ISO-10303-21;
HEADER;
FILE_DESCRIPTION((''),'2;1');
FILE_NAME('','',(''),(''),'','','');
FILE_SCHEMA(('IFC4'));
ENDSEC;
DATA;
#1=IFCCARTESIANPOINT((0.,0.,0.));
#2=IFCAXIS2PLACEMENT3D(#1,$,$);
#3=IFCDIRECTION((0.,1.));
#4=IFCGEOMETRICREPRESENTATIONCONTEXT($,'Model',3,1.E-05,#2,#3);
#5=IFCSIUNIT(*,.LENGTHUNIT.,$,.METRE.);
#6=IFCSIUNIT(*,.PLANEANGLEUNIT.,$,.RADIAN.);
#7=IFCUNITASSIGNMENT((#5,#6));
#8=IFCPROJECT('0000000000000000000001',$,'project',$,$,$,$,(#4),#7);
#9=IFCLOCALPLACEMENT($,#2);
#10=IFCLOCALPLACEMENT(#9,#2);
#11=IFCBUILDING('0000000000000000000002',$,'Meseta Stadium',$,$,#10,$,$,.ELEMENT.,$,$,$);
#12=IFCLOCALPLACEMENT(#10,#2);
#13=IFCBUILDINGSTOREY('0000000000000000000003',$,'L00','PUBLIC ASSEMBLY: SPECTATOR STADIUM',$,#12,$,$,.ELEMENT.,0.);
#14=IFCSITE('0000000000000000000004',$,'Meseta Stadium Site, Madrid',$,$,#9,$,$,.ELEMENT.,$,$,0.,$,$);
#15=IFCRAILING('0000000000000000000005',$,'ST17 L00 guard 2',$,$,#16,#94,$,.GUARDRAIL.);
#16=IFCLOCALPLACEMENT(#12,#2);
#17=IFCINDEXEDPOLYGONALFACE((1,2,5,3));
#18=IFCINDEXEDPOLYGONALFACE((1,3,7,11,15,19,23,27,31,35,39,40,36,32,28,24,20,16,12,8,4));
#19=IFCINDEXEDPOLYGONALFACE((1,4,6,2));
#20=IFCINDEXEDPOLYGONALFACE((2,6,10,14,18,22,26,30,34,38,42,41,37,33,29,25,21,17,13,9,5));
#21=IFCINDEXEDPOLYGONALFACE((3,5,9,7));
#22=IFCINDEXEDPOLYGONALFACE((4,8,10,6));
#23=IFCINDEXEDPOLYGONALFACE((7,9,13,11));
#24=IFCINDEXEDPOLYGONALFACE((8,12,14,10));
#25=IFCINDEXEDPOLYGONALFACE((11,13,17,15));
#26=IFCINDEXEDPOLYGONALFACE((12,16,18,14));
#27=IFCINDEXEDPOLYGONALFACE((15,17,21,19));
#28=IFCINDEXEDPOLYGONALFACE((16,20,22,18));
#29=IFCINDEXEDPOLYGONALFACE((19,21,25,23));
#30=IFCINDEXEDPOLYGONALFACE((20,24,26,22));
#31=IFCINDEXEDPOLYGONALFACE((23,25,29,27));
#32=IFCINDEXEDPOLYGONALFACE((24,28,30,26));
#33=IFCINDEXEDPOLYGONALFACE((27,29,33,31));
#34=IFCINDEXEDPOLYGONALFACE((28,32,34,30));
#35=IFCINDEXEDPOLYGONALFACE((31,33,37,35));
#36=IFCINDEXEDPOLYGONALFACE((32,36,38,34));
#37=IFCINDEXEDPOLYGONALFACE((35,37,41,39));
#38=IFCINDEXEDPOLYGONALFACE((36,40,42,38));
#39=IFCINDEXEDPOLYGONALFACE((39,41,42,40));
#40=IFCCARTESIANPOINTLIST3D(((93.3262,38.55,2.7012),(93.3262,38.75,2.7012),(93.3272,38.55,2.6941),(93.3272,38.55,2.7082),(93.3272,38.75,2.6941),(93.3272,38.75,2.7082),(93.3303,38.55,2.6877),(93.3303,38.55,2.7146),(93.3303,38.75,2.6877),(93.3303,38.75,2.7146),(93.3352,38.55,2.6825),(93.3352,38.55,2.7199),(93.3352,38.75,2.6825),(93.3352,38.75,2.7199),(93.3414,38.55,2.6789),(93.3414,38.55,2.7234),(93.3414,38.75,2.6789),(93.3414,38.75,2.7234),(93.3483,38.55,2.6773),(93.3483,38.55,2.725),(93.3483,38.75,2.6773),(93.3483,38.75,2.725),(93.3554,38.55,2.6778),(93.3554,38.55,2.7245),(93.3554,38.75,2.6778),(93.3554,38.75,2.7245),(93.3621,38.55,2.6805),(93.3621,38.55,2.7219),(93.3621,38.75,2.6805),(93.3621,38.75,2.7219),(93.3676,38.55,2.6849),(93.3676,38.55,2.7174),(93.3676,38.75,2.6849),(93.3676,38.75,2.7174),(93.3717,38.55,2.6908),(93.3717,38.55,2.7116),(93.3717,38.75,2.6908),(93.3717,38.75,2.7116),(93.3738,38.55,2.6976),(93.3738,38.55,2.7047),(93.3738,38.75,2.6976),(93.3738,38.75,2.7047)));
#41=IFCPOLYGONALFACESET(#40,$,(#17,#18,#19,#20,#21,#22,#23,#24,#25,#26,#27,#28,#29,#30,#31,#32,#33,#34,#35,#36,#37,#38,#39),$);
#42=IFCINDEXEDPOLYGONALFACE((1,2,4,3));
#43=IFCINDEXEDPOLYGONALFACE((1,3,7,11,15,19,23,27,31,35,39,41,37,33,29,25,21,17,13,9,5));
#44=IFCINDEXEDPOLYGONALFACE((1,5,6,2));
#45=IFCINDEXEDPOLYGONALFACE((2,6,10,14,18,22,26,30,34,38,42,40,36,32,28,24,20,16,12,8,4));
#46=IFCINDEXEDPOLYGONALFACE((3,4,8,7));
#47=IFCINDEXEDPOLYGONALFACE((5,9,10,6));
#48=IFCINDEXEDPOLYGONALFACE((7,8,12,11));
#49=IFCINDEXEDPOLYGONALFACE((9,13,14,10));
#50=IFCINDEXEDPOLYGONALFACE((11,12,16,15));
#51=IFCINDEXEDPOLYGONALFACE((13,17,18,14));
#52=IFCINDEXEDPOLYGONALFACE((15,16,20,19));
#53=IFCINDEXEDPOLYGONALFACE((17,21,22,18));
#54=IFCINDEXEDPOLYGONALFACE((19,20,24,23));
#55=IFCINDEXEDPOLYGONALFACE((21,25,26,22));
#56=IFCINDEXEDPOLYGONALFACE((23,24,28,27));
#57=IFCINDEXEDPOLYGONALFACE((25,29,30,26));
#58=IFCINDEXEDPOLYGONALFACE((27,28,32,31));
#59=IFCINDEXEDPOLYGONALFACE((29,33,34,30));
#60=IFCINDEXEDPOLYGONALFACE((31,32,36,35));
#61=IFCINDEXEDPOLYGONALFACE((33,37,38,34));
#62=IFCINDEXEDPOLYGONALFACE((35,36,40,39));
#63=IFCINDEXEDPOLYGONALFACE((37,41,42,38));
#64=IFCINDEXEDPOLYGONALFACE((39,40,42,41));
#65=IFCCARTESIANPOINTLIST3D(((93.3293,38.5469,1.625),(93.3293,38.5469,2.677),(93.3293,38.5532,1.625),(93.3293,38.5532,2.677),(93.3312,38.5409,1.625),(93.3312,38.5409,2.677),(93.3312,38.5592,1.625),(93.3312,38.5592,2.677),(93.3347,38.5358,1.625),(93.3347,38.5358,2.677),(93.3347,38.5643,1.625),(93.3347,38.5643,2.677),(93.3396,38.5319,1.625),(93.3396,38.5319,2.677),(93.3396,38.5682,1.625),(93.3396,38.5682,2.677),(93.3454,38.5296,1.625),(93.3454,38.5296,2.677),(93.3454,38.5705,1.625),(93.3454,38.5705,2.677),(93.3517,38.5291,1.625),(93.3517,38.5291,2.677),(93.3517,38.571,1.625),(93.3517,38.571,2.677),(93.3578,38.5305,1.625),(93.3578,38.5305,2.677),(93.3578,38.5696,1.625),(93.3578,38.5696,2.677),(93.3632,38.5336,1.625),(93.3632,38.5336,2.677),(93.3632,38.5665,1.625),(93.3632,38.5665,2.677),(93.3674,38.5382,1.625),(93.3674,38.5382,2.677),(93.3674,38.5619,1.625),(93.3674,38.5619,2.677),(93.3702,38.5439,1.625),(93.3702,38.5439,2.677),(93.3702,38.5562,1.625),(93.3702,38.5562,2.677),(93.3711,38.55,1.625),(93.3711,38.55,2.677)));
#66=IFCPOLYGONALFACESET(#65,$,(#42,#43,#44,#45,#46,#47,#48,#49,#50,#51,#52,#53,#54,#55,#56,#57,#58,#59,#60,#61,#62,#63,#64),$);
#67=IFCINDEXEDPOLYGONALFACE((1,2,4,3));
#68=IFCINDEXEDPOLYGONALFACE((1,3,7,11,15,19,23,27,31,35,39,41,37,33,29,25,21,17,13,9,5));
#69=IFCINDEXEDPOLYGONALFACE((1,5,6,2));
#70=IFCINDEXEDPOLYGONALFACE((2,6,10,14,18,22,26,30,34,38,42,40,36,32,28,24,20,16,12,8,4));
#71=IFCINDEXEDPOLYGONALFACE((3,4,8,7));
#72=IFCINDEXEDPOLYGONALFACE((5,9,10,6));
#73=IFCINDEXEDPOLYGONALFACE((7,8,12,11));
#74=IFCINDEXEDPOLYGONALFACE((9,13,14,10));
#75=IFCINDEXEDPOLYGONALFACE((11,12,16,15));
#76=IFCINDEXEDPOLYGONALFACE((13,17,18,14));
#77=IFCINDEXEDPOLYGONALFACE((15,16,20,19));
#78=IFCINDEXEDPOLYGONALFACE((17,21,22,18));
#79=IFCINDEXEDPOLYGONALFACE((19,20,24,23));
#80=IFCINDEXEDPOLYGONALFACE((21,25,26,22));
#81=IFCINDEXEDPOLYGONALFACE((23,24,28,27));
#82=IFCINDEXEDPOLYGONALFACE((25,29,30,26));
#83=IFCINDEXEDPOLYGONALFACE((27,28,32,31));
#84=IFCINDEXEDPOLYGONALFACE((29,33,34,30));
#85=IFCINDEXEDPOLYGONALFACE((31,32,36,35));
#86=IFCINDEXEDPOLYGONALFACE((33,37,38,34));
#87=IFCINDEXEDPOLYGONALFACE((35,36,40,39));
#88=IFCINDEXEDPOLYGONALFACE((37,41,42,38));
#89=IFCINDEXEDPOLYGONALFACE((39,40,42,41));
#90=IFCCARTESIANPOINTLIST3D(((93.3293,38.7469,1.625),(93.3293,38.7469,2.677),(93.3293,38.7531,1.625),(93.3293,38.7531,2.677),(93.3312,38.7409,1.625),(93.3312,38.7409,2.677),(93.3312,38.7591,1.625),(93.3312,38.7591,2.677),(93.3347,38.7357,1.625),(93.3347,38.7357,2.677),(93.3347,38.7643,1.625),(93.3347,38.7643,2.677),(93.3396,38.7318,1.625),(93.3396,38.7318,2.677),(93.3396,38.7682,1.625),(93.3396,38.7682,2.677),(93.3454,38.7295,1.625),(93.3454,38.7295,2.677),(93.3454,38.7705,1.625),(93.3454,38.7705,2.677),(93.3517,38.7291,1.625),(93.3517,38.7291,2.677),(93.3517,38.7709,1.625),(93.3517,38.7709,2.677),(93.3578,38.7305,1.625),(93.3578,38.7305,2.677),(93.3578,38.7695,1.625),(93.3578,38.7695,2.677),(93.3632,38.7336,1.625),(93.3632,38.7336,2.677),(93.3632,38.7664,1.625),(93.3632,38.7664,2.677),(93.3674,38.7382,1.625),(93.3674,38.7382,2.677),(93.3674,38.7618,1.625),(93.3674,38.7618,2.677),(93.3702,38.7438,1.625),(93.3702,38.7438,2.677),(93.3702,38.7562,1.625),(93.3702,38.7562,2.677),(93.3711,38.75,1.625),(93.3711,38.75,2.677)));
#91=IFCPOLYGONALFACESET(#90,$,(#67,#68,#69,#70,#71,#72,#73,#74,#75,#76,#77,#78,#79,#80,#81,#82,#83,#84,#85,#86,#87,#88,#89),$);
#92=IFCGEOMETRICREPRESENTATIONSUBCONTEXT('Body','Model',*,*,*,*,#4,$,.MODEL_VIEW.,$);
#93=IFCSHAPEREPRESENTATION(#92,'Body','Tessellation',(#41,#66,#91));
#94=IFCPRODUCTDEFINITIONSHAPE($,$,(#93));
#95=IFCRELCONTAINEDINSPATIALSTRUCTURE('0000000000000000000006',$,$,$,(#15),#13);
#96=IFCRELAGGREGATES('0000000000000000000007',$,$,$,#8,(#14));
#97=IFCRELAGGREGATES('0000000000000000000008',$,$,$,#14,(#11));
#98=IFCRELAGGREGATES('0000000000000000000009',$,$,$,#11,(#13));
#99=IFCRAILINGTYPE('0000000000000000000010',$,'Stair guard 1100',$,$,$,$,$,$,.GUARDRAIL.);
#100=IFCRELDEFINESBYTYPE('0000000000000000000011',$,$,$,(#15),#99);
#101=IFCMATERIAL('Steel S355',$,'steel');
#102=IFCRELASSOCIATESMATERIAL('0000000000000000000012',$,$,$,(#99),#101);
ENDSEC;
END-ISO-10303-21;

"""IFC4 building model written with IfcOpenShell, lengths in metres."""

from ifc_helpers import new_model, si_unit, direction, frame, origin, origin_2d, place, context, subcontext, project, spatial, circle, extrude, material, type_object, element, save


model = new_model("IFC4")

# Units and contexts
model_context = context("Model", 3, precision=1e-05, world=origin(), true_north=direction((0.0, 1.0)))
body_context = subcontext(model_context, "Body", "Model", "MODEL_VIEW")
ifc_project = project(units=[si_unit("LENGTHUNIT", "METRE"), si_unit("PLANEANGLEUNIT", "RADIAN")], contexts=[model_context])

# Site, building, storey
site_placement = place(None, origin())
site = spatial("IfcSite", under=ifc_project, at=site_placement, Name="Meseta Stadium Site, Madrid", CompositionType="ELEMENT", RefElevation=0.0)
building_placement = place(site_placement, origin())
building = spatial("IfcBuilding", under=site, at=building_placement, Name="Meseta Stadium", CompositionType="ELEMENT")
storey_placement = place(building_placement, origin())
storey = spatial("IfcBuildingStorey", under=building, at=storey_placement, Name="L00", Description="PUBLIC ASSEMBLY: SPECTATOR STADIUM", CompositionType="ELEMENT", Elevation=0.0)

# Railing
ifc_material_1 = material(Name="Steel S355", Category="steel")
railing_type_1 = type_object("IfcRailingType", Name="Stair guard 1100", PredefinedType="GUARDRAIL", material=ifc_material_1)
railing_1_placement = place(storey_placement, frame((93.3501, 38.55, 1.625)))
element("IfcRailing", 1, at=railing_1_placement, inside=storey, type_object=railing_type_1, Name="ST17 L00 guard 2", PredefinedType="GUARDRAIL", context=body_context, shape_type="SweptSolid", body=[
    extrude(circle(Radius=0.0239, at=origin_2d()), frame((0.0, 0.0, 1.0762), z_axis=(0.0, 1.0, 0.0), x_axis=(-1.0, 0.0, 0.0)), (0.0, 0.0, 1.0), 0.2),
    extrude(circle(Radius=0.021, at=origin_2d()), origin(), (0.0, 0.0, 1.0), 1.052),
    extrude(circle(Radius=0.021, at=origin_2d()), frame((0.0, 0.2, 0.0)), (0.0, 0.0, 1.0), 1.052),
])

save(model, "model.ifc")
